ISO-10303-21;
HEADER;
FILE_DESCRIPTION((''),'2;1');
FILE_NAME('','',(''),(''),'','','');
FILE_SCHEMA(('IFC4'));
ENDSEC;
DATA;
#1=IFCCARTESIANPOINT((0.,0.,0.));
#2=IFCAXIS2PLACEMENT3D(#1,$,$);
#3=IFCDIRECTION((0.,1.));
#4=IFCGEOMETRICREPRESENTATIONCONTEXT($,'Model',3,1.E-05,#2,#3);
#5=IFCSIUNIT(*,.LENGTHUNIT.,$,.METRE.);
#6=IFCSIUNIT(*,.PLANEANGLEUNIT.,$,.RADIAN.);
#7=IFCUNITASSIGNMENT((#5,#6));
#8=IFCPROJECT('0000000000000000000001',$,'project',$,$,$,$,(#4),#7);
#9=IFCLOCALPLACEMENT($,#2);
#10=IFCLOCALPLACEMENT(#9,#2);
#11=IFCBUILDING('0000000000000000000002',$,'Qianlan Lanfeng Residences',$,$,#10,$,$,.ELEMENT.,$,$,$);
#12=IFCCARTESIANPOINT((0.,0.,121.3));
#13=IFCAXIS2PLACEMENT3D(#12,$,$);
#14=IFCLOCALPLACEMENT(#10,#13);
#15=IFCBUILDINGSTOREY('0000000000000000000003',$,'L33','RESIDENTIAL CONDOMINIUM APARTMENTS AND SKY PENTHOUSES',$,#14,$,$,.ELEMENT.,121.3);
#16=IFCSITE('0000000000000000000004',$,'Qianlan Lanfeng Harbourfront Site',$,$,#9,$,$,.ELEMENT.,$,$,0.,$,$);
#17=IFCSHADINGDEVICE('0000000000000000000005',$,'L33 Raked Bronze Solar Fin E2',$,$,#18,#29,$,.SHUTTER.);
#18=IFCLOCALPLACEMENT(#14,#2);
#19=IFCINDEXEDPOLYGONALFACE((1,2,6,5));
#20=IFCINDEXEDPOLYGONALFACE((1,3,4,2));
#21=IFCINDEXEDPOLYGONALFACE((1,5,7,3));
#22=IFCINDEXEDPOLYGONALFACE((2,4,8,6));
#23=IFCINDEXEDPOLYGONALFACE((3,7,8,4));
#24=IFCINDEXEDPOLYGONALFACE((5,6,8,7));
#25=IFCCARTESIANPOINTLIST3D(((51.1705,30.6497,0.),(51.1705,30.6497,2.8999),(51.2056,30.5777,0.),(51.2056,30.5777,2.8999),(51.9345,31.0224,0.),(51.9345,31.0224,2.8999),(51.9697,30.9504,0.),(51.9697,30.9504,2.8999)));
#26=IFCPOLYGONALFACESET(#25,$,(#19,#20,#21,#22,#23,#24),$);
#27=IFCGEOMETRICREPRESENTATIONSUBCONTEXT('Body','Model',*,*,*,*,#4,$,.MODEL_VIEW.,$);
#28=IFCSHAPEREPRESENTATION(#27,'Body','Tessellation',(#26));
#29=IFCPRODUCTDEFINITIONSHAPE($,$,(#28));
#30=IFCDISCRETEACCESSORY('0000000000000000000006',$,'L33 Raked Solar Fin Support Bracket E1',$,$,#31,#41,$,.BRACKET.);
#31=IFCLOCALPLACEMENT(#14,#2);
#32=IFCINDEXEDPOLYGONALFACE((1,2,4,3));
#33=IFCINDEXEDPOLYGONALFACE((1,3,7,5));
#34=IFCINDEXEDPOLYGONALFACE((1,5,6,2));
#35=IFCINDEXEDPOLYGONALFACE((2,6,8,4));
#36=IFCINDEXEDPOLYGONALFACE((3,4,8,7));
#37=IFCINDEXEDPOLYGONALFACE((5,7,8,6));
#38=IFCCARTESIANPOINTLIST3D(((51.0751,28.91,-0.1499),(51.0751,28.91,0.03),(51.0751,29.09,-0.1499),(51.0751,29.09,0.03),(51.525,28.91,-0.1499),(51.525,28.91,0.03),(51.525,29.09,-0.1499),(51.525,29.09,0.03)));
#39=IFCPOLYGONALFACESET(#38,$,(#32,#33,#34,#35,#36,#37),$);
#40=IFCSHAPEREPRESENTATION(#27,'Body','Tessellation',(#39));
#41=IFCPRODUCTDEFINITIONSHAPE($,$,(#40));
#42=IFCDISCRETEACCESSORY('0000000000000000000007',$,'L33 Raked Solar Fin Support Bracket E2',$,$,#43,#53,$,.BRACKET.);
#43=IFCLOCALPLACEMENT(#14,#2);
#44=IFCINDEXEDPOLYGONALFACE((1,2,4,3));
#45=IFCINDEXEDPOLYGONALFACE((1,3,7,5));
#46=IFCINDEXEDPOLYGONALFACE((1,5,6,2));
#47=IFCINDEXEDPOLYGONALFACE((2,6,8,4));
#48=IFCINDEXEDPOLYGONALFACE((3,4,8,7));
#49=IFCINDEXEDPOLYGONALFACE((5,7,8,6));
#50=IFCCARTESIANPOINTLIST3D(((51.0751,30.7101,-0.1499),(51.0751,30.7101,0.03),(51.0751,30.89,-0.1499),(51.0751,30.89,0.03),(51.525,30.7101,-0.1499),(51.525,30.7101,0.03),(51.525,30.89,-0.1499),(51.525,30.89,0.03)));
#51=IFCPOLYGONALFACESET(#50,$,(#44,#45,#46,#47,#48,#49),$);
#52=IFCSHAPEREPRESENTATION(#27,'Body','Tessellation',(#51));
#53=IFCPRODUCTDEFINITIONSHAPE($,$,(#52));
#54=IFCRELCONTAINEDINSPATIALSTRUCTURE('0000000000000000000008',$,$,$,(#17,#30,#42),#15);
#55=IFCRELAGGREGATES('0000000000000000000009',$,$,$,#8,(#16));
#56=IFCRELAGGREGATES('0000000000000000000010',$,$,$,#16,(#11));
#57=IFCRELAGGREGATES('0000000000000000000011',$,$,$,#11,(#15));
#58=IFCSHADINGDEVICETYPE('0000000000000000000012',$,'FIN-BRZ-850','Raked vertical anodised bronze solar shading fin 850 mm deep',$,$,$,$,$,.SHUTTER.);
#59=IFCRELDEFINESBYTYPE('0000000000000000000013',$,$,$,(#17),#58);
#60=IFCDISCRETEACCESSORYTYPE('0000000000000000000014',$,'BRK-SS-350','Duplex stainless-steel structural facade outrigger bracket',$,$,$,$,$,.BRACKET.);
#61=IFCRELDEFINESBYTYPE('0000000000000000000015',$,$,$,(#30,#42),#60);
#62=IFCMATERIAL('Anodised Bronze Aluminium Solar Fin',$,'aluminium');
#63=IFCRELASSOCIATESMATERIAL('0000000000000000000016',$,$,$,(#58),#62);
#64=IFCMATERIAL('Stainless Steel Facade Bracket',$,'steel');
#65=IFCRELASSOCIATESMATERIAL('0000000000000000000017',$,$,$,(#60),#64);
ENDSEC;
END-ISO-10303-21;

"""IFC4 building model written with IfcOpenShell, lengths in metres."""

from ifc_helpers import new_model, si_unit, direction, frame, origin, origin_2d, place, context, subcontext, project, spatial, rectangle, extrude, source, transform, mapped, material, type_object, element, save


model = new_model("IFC4")

# Units and contexts
model_context = context("Model", 3, precision=1e-05, world=origin(), true_north=direction((0.0, 1.0)))
body_context = subcontext(model_context, "Body", "Model", "MODEL_VIEW")
ifc_project = project(units=[si_unit("LENGTHUNIT", "METRE"), si_unit("PLANEANGLEUNIT", "RADIAN")], contexts=[model_context])

# Site, building, storey
site_placement = place(None, origin())
site = spatial("IfcSite", under=ifc_project, at=site_placement, Name="Qianlan Lanfeng Harbourfront Site", CompositionType="ELEMENT", RefElevation=0.0)
building_placement = place(site_placement, origin())
building = spatial("IfcBuilding", under=site, at=building_placement, Name="Qianlan Lanfeng Residences", CompositionType="ELEMENT")
storey_placement = place(building_placement, frame((0.0, 0.0, 121.3)))
storey = spatial("IfcBuildingStorey", under=building, at=storey_placement, Name="L33", Description="RESIDENTIAL CONDOMINIUM APARTMENTS AND SKY PENTHOUSES", CompositionType="ELEMENT", Elevation=121.3)

# Shading device
ifc_material_1 = material(Name="Anodised Bronze Aluminium Solar Fin", Category="aluminium")
shading_device_type = type_object("IfcShadingDeviceType", Name="FIN-BRZ-850", Description="Raked vertical anodised bronze solar shading fin 850 mm deep", PredefinedType="SHUTTER", material=ifc_material_1)
shared_shape_1 = source(origin(), body_context, "Body", "SweptSolid", [
    extrude(rectangle(XDim=0.8501, YDim=0.0801, at=origin_2d()), origin(), (0.0, 0.0, 1.0), 2.8999),
])
for number, where, z_axis, x_axis, name in (
    (1, (51.5701, 30.8, 0.0), (0.0, 0.0, 1.0), (0.898794, 0.438371, 0.0), "L33 Raked Bronze Solar Fin E2"),
):
    element("IfcShadingDevice", number, at=place(storey_placement, frame(where, z_axis=z_axis, x_axis=x_axis)), inside=storey, type_object=shading_device_type, Name=name, PredefinedType="SHUTTER", context=body_context, shape_type="MappedRepresentation", body=[
        mapped(shared_shape_1, transform((0.0, 0.0, 0.0), scale=1.0)),
    ])

# Discrete accessories
ifc_material_2 = material(Name="Stainless Steel Facade Bracket", Category="steel")
discrete_accessory_type = type_object("IfcDiscreteAccessoryType", Name="BRK-SS-350", Description="Duplex stainless-steel structural facade outrigger bracket", PredefinedType="BRACKET", material=ifc_material_2)
shared_shape_2 = source(origin(), body_context, "Body", "SweptSolid", [
    extrude(rectangle(XDim=0.45, YDim=0.1799, at=origin_2d()), origin(), (0.0, 0.0, 1.0), 0.1799),
])
for number, where, z_axis, x_axis, name in (
    (2, (51.3, 29.0, -0.1499), (0.0, 0.0, 1.0), (1.0, 0.0, 0.0), "L33 Raked Solar Fin Support Bracket E1"),
    (3, (51.3, 30.8, -0.1499), (0.0, 0.0, 1.0), (1.0, 0.0, 0.0), "L33 Raked Solar Fin Support Bracket E2"),
):
    element("IfcDiscreteAccessory", number, at=place(storey_placement, frame(where, z_axis=z_axis, x_axis=x_axis)), inside=storey, type_object=discrete_accessory_type, Name=name, PredefinedType="BRACKET", context=body_context, shape_type="MappedRepresentation", body=[
        mapped(shared_shape_2, transform((0.0, 0.0, 0.0), scale=1.0)),
    ])

save(model, "model.ifc")
